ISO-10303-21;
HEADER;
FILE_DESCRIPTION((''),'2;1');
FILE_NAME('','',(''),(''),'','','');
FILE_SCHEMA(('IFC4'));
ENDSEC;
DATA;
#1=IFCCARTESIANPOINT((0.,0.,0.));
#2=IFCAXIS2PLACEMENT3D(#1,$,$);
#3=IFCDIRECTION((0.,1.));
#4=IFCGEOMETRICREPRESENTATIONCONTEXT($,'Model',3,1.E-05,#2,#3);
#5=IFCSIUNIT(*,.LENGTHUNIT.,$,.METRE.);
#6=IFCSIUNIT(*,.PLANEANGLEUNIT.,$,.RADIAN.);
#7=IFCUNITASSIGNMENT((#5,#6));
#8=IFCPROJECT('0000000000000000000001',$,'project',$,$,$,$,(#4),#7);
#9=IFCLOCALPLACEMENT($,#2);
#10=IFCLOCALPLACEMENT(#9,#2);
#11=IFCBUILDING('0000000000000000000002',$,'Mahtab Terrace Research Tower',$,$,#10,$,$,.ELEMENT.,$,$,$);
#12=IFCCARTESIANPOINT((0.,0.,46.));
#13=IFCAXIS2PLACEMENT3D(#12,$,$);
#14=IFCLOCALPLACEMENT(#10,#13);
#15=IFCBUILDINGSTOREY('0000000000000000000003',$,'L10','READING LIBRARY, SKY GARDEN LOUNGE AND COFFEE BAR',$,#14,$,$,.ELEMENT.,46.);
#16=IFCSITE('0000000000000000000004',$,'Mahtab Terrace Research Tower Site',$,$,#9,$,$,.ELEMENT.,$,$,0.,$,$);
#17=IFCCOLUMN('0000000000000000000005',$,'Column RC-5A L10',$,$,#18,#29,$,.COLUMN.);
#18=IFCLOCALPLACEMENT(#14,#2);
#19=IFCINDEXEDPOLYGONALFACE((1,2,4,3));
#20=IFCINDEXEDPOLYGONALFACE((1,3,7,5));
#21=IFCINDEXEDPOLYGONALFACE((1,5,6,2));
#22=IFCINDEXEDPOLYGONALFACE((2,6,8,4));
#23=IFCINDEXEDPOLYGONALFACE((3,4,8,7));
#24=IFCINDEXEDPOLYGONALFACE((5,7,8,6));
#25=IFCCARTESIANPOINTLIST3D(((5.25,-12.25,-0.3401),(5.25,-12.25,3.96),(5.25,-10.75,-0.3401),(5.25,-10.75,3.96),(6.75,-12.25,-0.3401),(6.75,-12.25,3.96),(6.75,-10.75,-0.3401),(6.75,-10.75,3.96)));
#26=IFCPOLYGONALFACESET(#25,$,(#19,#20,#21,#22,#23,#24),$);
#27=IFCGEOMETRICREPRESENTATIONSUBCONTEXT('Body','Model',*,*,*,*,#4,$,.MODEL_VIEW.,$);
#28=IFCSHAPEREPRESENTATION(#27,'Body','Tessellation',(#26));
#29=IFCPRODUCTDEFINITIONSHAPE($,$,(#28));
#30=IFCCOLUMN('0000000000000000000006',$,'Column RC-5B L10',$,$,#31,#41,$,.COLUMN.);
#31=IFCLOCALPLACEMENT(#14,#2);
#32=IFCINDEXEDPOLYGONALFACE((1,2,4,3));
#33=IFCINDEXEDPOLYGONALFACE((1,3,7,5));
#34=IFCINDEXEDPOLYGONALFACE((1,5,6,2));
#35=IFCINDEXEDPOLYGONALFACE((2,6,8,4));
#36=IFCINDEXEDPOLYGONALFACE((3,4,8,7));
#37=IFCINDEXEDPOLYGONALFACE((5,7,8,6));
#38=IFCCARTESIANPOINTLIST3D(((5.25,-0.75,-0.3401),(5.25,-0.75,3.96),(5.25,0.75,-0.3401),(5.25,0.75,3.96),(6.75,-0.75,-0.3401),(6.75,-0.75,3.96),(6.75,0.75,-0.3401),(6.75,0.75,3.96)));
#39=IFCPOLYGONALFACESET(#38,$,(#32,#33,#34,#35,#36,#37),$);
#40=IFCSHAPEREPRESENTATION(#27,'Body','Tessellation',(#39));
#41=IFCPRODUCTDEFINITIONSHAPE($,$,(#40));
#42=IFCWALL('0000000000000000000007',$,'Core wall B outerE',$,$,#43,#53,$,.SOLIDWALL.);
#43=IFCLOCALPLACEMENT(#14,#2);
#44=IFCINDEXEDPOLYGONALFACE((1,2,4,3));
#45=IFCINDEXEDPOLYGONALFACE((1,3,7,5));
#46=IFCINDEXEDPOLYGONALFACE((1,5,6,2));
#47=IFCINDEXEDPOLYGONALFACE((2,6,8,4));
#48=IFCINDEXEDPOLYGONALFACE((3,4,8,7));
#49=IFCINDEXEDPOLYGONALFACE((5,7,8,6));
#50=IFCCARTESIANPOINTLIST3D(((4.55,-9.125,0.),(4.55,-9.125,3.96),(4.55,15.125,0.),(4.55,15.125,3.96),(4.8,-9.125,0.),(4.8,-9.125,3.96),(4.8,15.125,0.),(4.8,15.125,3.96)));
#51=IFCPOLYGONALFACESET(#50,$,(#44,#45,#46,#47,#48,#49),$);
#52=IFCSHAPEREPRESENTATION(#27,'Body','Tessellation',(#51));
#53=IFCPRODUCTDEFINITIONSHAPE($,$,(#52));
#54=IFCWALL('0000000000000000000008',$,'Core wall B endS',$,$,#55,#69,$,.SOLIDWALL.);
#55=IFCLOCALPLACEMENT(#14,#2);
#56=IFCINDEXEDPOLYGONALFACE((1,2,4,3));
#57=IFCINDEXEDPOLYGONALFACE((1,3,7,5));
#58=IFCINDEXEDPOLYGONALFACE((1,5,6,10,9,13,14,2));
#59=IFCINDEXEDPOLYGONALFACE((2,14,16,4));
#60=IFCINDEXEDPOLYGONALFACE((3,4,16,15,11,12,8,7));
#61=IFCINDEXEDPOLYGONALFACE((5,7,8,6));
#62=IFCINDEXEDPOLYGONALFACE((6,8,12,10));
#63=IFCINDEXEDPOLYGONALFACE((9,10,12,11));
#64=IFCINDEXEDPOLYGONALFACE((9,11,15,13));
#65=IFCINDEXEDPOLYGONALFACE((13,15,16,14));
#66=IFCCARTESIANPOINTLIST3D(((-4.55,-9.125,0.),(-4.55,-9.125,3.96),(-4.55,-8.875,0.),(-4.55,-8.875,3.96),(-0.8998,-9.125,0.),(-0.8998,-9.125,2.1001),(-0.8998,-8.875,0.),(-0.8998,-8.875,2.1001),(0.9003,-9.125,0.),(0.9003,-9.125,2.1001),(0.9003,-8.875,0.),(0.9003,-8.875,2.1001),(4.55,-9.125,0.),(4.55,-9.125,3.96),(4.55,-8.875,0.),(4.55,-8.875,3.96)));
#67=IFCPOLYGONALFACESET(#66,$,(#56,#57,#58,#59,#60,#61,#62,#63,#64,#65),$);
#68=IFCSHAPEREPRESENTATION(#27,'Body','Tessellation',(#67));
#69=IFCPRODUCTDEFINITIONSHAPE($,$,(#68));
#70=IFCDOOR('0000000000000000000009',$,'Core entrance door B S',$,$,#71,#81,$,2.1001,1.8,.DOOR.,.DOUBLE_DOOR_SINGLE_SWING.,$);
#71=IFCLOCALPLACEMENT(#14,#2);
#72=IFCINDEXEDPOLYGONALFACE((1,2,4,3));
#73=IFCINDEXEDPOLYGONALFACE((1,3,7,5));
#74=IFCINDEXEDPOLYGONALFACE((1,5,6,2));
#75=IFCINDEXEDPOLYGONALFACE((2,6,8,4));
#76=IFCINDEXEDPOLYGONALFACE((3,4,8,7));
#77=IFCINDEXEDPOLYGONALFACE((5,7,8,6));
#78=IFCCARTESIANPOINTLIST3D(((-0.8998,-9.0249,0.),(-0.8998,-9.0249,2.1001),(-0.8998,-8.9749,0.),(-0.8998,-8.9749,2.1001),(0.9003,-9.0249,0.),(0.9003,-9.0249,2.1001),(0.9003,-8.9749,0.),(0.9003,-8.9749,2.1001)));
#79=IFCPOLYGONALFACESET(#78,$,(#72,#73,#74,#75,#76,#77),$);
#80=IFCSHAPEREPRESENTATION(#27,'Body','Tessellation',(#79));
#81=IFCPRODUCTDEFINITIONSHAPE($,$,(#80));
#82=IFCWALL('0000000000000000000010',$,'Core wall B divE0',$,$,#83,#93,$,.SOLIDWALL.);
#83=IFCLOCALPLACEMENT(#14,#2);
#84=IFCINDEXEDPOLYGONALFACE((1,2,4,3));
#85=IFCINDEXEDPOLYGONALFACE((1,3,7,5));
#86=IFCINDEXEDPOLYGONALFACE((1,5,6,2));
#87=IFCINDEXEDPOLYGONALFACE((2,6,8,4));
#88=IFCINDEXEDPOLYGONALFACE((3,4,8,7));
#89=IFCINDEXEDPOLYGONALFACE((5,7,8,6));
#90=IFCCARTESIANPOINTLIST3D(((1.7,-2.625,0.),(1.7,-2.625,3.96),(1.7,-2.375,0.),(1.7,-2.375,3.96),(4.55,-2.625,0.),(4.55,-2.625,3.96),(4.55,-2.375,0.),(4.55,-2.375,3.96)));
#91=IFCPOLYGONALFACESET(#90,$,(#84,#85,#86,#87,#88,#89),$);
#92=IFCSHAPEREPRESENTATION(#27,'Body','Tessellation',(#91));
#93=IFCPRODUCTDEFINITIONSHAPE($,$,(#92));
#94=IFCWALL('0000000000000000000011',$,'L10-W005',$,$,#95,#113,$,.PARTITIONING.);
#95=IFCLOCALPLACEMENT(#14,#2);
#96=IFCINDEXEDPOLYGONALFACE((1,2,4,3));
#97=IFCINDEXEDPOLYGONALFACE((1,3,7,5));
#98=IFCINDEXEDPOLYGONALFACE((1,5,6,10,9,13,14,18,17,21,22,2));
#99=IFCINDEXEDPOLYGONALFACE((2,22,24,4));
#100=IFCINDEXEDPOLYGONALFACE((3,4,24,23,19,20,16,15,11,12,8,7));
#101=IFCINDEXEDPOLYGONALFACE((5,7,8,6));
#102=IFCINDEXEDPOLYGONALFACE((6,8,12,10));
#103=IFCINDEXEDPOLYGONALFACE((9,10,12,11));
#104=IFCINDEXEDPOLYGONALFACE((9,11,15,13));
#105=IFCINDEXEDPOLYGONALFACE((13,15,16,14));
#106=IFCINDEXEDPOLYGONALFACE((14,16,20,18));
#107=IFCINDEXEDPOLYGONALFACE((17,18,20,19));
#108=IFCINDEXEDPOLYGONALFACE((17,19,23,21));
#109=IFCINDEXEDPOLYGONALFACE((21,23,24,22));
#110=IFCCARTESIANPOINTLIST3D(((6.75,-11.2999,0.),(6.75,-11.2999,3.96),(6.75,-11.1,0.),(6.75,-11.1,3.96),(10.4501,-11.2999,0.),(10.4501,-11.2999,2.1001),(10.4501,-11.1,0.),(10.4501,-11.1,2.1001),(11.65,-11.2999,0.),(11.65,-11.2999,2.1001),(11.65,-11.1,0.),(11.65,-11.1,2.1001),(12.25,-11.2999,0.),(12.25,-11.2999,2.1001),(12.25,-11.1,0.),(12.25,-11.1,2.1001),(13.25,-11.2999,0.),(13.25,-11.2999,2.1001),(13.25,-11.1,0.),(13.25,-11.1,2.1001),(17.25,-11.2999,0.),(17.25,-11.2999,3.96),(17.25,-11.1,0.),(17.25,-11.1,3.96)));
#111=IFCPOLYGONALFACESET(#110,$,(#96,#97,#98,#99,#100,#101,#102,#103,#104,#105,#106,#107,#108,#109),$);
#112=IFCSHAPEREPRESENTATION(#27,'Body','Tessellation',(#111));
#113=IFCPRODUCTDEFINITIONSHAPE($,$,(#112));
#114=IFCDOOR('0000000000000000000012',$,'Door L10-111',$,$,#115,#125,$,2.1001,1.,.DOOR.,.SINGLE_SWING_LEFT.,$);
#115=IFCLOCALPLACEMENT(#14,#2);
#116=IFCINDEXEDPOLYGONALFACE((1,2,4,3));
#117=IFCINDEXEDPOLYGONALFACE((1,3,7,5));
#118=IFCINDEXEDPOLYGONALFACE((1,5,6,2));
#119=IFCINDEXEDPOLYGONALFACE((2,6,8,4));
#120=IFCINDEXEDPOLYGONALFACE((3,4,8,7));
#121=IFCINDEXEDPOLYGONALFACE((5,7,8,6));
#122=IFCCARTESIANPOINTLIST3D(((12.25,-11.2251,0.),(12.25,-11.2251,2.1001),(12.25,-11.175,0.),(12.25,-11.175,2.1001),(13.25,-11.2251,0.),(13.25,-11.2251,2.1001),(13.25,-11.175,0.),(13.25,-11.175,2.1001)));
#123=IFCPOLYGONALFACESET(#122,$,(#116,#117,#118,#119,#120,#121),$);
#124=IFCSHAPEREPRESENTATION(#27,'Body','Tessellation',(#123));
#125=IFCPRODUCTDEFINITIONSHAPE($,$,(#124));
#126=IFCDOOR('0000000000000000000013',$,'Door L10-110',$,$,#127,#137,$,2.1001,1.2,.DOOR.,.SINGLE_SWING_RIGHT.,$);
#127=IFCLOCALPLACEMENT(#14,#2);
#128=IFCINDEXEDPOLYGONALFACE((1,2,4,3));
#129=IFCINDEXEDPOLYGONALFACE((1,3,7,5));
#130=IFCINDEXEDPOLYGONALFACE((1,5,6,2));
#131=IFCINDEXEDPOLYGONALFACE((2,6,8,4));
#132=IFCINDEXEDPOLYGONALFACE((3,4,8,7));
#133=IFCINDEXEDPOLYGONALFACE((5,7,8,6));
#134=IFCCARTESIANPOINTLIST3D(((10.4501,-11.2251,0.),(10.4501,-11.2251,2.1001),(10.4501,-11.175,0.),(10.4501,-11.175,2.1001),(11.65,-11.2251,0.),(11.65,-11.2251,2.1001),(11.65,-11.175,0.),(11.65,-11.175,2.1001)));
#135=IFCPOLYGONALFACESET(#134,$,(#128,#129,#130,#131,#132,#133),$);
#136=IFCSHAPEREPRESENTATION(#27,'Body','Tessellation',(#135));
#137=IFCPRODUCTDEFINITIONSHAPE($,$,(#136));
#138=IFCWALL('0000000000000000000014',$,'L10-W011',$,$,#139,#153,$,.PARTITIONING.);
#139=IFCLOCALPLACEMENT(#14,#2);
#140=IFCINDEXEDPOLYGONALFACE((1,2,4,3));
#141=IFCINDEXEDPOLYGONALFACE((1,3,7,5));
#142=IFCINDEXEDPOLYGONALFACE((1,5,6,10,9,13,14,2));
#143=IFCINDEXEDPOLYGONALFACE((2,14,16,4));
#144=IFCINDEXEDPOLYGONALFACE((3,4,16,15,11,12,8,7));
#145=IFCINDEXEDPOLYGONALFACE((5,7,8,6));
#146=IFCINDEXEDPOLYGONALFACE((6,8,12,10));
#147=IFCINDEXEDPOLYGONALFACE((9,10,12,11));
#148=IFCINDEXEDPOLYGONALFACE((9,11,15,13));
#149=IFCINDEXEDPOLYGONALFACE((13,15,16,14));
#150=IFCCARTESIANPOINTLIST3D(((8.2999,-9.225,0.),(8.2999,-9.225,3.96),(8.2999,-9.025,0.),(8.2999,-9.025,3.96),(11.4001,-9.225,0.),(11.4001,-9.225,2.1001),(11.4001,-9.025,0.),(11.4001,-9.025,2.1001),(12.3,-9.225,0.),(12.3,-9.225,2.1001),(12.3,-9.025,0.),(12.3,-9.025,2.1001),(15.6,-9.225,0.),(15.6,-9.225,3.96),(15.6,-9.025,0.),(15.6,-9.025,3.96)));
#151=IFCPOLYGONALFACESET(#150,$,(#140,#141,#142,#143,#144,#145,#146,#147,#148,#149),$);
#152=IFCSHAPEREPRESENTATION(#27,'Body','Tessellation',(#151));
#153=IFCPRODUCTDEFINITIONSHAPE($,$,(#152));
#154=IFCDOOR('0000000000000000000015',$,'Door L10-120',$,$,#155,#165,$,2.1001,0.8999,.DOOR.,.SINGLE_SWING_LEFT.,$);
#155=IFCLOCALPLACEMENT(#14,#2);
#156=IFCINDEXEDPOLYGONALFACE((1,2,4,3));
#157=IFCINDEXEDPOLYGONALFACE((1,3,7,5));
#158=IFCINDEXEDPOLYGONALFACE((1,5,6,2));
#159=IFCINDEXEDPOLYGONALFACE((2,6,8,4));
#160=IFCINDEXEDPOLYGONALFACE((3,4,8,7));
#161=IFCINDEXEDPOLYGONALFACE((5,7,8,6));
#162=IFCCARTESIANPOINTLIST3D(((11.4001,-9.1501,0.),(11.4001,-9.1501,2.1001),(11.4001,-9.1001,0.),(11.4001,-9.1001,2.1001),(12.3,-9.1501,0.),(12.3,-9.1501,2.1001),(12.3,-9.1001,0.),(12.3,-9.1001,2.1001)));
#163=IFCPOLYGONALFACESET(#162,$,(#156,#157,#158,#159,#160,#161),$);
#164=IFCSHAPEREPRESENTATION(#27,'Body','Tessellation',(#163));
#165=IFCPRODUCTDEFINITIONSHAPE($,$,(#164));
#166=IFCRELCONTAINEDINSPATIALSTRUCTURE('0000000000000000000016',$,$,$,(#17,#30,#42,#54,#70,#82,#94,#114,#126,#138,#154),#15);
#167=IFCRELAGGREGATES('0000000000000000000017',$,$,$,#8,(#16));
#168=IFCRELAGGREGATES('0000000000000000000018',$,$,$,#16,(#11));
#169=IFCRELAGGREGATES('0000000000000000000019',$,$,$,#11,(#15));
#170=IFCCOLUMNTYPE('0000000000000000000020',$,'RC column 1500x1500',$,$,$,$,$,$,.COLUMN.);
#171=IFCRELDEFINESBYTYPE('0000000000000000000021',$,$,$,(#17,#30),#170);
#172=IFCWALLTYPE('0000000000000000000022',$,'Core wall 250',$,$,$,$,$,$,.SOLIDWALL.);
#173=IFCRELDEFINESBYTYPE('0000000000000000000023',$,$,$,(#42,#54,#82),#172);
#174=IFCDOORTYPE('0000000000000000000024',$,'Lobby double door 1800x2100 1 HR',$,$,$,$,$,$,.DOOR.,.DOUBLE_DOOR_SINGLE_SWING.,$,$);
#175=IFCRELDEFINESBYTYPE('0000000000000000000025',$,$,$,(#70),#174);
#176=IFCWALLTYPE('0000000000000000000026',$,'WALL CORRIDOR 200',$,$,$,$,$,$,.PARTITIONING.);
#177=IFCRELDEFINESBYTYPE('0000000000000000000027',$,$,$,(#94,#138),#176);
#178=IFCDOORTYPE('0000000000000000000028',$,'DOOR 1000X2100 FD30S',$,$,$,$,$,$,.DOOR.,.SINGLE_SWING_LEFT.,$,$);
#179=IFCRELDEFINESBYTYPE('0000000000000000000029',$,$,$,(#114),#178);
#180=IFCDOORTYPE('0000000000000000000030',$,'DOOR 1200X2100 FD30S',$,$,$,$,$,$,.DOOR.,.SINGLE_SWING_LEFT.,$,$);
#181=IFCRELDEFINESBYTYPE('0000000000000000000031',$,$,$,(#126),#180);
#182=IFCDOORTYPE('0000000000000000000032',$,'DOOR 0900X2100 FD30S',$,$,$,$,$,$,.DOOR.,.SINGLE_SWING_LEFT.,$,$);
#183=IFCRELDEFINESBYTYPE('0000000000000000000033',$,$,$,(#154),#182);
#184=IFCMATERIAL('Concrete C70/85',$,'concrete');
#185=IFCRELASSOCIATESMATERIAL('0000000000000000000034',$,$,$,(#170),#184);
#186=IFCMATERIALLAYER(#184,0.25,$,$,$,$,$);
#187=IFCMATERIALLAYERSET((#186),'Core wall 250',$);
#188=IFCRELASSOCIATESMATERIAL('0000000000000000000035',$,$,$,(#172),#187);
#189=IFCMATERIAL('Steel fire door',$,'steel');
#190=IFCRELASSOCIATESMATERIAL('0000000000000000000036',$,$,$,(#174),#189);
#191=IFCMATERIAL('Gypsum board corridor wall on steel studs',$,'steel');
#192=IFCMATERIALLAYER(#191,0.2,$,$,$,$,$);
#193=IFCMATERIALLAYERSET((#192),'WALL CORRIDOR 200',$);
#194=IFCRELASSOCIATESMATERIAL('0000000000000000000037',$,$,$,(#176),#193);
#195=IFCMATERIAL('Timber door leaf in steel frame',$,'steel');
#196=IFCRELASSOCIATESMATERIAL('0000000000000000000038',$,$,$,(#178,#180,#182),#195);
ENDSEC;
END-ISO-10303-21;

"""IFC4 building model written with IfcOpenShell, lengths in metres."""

from ifc_helpers import new_model, si_unit, direction, frame, frame_2d, origin, origin_2d, place, context, subcontext, project, spatial, rectangle, extrude, material, layer, layer_set, material_profile, profile_set, type_object, element, fill, save


model = new_model("IFC4")

# Units and contexts
model_context = context("Model", 3, precision=1e-05, world=origin(), true_north=direction((0.0, 1.0)))
body_context = subcontext(model_context, "Body", "Model", "MODEL_VIEW")
ifc_project = project(units=[si_unit("LENGTHUNIT", "METRE"), si_unit("PLANEANGLEUNIT", "RADIAN")], contexts=[model_context])

# Site, building, storey
site_placement = place(None, origin())
site = spatial("IfcSite", under=ifc_project, at=site_placement, Name="Mahtab Terrace Research Tower Site", CompositionType="ELEMENT", RefElevation=0.0)
building_placement = place(site_placement, origin())
building = spatial("IfcBuilding", under=site, at=building_placement, Name="Mahtab Terrace Research Tower", CompositionType="ELEMENT")
storey_placement = place(building_placement, frame((0.0, 0.0, 46.0)))
storey = spatial("IfcBuildingStorey", under=building, at=storey_placement, Name="L10", Description="READING LIBRARY, SKY GARDEN LOUNGE AND COFFEE BAR", CompositionType="ELEMENT", Elevation=46.0)

# Columns
ifc_material_1 = material(Name="Concrete C70/85", Category="concrete")
ifc_material_profile = material_profile(ifc_material_1, rectangle(XDim=1.5, YDim=1.5, at=origin_2d()), Name="RC column 1500x1500")
ifc_profile_set = profile_set([ifc_material_profile], Name="Concrete C70/85")
column_type = type_object("IfcColumnType", Name="RC column 1500x1500", PredefinedType="COLUMN", material=ifc_profile_set)
for number, where, z_axis, x_axis, name in (
    (1, (6.0, -11.5, -0.3401), (0.0, 0.0, 1.0), (1.0, 0.0, 0.0), "Column RC-5A L10"),
    (2, (6.0, 0.0, -0.3401), (0.0, 0.0, 1.0), (1.0, 0.0, 0.0), "Column RC-5B L10"),
):
    element("IfcColumn", number, at=place(storey_placement, frame(where, z_axis=z_axis, x_axis=x_axis)), inside=storey, type_object=column_type, Name=name, PredefinedType="COLUMN", context=body_context, shape_type="SweptSolid", body=[
        extrude(rectangle(XDim=1.5, YDim=1.5, at=origin_2d()), origin(), (0.0, 0.0, 1.0), 4.3),
    ])

# Wall
ifc_layer_1 = layer(ifc_material_1, 0.25)
ifc_layer_set_1 = layer_set([ifc_layer_1], Name="Core wall 250")
wall_type_1 = type_object("IfcWallType", Name="Core wall 250", PredefinedType="SOLIDWALL", material=ifc_layer_set_1)
wall_1_placement = place(storey_placement, frame((4.675, -9.125, 0.0), z_axis=(0.0, 0.0, 1.0), x_axis=(0.0, 1.0, 0.0)))
element("IfcWall", 3, at=wall_1_placement, inside=storey, type_object=wall_type_1, Name="Core wall B outerE", PredefinedType="SOLIDWALL", context=body_context, shape_type="SweptSolid", body=[
    extrude(rectangle(XDim=24.25, YDim=0.25, at=frame_2d((12.125, 0.0))), origin(), (0.0, 0.0, 1.0), 3.96),
])

# Wall, opening, door
wall_2_placement = place(storey_placement, frame((4.55, -9.0, 0.0), z_axis=(0.0, 0.0, 1.0), x_axis=(-1.0, 0.0, 0.0)))
wall_2 = element("IfcWall", 4, at=wall_2_placement, inside=storey, type_object=wall_type_1, Name="Core wall B endS", PredefinedType="SOLIDWALL", context=body_context, shape_type="SweptSolid", body=[
    extrude(rectangle(XDim=9.1001, YDim=0.25, at=frame_2d((4.55, 0.0))), origin(), (0.0, 0.0, 1.0), 3.96),
])
opening_1_placement = place(wall_2_placement, frame((3.6499, 0.0, 0.0)))
opening_1 = element("IfcOpeningElement", 5, at=opening_1_placement, cuts=wall_2, PredefinedType="OPENING", context=body_context, shape_type="SweptSolid", body=[
    extrude(rectangle(XDim=1.8, YDim=2.1001, at=frame_2d((0.8999, 1.05))), frame((0.0, 0.135, 0.0), z_axis=(0.0, -1.0, 0.0), x_axis=(1.0, 0.0, 0.0)), (0.0, 0.0, 1.0), 0.27),
])
ifc_material_2 = material(Name="Steel fire door", Category="steel")
door_type_1 = type_object("IfcDoorType", Name="Lobby double door 1800x2100 1 HR", OperationType="DOUBLE_DOOR_SINGLE_SWING", PredefinedType="DOOR", material=ifc_material_2)
door_1_placement = place(opening_1_placement, origin())
door_1 = element("IfcDoor", 6, at=door_1_placement, inside=storey, type_object=door_type_1, Name="Core entrance door B S", OperationType="DOUBLE_DOOR_SINGLE_SWING", OverallHeight=2.1001, OverallWidth=1.8, PredefinedType="DOOR", context=body_context, shape_type="SweptSolid", body=[
    extrude(rectangle(XDim=1.8, YDim=2.1001, at=frame_2d((0.8999, 1.05))), frame((0.0, 0.0249, 0.0), z_axis=(0.0, -1.0, 0.0), x_axis=(1.0, 0.0, 0.0)), (0.0, 0.0, 1.0), 0.05),
])
fill(opening_1, door_1)

# Wall
wall_3_placement = place(storey_placement, frame((1.7, -2.5, 0.0), z_axis=(0.0, 0.0, 1.0), x_axis=(1.0, 0.0, 0.0)))
element("IfcWall", 7, at=wall_3_placement, inside=storey, type_object=wall_type_1, Name="Core wall B divE0", PredefinedType="SOLIDWALL", context=body_context, shape_type="SweptSolid", body=[
    extrude(rectangle(XDim=2.8501, YDim=0.25, at=frame_2d((1.425, 0.0))), origin(), (0.0, 0.0, 1.0), 3.96),
])

# Wall, openings, doors
ifc_material_3 = material(Name="Gypsum board corridor wall on steel studs", Category="steel")
ifc_layer_2 = layer(ifc_material_3, 0.2)
ifc_layer_set_2 = layer_set([ifc_layer_2], Name="WALL CORRIDOR 200")
wall_type_2 = type_object("IfcWallType", Name="WALL CORRIDOR 200", PredefinedType="PARTITIONING", material=ifc_layer_set_2)
wall_4_placement = place(storey_placement, frame((6.75, -11.2, 0.0), z_axis=(0.0, 0.0, 1.0), x_axis=(1.0, 0.0, 0.0)))
wall_4 = element("IfcWall", 8, at=wall_4_placement, inside=storey, type_object=wall_type_2, Name="L10-W005", PredefinedType="PARTITIONING", context=body_context, shape_type="SweptSolid", body=[
    extrude(rectangle(XDim=10.5, YDim=0.2, at=frame_2d((5.25, 0.0))), origin(), (0.0, 0.0, 1.0), 3.96),
])
opening_2_placement = place(wall_4_placement, frame((3.7, 0.0, 0.0)))
opening_2 = element("IfcOpeningElement", 9, at=opening_2_placement, cuts=wall_4, PredefinedType="OPENING", context=body_context, shape_type="SweptSolid", body=[
    extrude(rectangle(XDim=1.2, YDim=2.1001, at=frame_2d((0.6001, 1.05))), frame((0.0, 0.1099, 0.0), z_axis=(0.0, -1.0, 0.0), x_axis=(1.0, 0.0, 0.0)), (0.0, 0.0, 1.0), 0.22),
])
opening_3_placement = place(wall_4_placement, frame((5.5, 0.0, 0.0)))
opening_3 = element("IfcOpeningElement", 10, at=opening_3_placement, cuts=wall_4, PredefinedType="OPENING", context=body_context, shape_type="SweptSolid", body=[
    extrude(rectangle(XDim=1.0, YDim=2.1001, at=frame_2d((0.5, 1.05))), frame((0.0, 0.1099, 0.0), z_axis=(0.0, -1.0, 0.0), x_axis=(1.0, 0.0, 0.0)), (0.0, 0.0, 1.0), 0.22),
])
ifc_material_4 = material(Name="Timber door leaf in steel frame", Category="steel")
door_type_2 = type_object("IfcDoorType", Name="DOOR 1000X2100 FD30S", OperationType="SINGLE_SWING_LEFT", PredefinedType="DOOR", material=ifc_material_4)
door_2_placement = place(opening_3_placement, origin())
door_2 = element("IfcDoor", 11, at=door_2_placement, inside=storey, type_object=door_type_2, Name="Door L10-111", OperationType="SINGLE_SWING_LEFT", OverallHeight=2.1001, OverallWidth=1.0, PredefinedType="DOOR", context=body_context, shape_type="SweptSolid", body=[
    extrude(rectangle(XDim=1.0, YDim=2.1001, at=frame_2d((0.5, 1.05))), frame((0.0, 0.0249, 0.0), z_axis=(0.0, -1.0, 0.0), x_axis=(1.0, 0.0, 0.0)), (0.0, 0.0, 1.0), 0.05),
])
fill(opening_3, door_2)
door_type_3 = type_object("IfcDoorType", Name="DOOR 1200X2100 FD30S", OperationType="SINGLE_SWING_LEFT", PredefinedType="DOOR", material=ifc_material_4)
door_3_placement = place(opening_2_placement, origin())
door_3 = element("IfcDoor", 12, at=door_3_placement, inside=storey, type_object=door_type_3, Name="Door L10-110", OperationType="SINGLE_SWING_RIGHT", OverallHeight=2.1001, OverallWidth=1.2, PredefinedType="DOOR", context=body_context, shape_type="SweptSolid", body=[
    extrude(rectangle(XDim=1.2, YDim=2.1001, at=frame_2d((0.6001, 1.05))), frame((0.0, 0.0249, 0.0), z_axis=(0.0, -1.0, 0.0), x_axis=(1.0, 0.0, 0.0)), (0.0, 0.0, 1.0), 0.05),
])
fill(opening_2, door_3)

# Wall, opening, door
wall_5_placement = place(storey_placement, frame((8.3, -9.125, 0.0), z_axis=(0.0, 0.0, 1.0), x_axis=(1.0, 0.0, 0.0)))
wall_5 = element("IfcWall", 13, at=wall_5_placement, inside=storey, type_object=wall_type_2, Name="L10-W011", PredefinedType="PARTITIONING", context=body_context, shape_type="SweptSolid", body=[
    extrude(rectangle(XDim=7.3, YDim=0.2, at=frame_2d((3.6499, 0.0))), origin(), (0.0, 0.0, 1.0), 3.96),
])
opening_4_placement = place(wall_5_placement, frame((3.1001, 0.0, 0.0)))
opening_4 = element("IfcOpeningElement", 14, at=opening_4_placement, cuts=wall_5, PredefinedType="OPENING", context=body_context, shape_type="SweptSolid", body=[
    extrude(rectangle(XDim=0.8999, YDim=2.1001, at=frame_2d((0.45, 1.05))), frame((0.0, 0.1099, 0.0), z_axis=(0.0, -1.0, 0.0), x_axis=(1.0, 0.0, 0.0)), (0.0, 0.0, 1.0), 0.22),
])
door_type_4 = type_object("IfcDoorType", Name="DOOR 0900X2100 FD30S", OperationType="SINGLE_SWING_LEFT", PredefinedType="DOOR", material=ifc_material_4)
door_4_placement = place(opening_4_placement, origin())
door_4 = element("IfcDoor", 15, at=door_4_placement, inside=storey, type_object=door_type_4, Name="Door L10-120", OperationType="SINGLE_SWING_LEFT", OverallHeight=2.1001, OverallWidth=0.8999, PredefinedType="DOOR", context=body_context, shape_type="SweptSolid", body=[
    extrude(rectangle(XDim=0.8999, YDim=2.1001, at=frame_2d((0.45, 1.05))), frame((0.0, 0.0249, 0.0), z_axis=(0.0, -1.0, 0.0), x_axis=(1.0, 0.0, 0.0)), (0.0, 0.0, 1.0), 0.05),
])
fill(opening_4, door_4)

save(model, "model.ifc")
